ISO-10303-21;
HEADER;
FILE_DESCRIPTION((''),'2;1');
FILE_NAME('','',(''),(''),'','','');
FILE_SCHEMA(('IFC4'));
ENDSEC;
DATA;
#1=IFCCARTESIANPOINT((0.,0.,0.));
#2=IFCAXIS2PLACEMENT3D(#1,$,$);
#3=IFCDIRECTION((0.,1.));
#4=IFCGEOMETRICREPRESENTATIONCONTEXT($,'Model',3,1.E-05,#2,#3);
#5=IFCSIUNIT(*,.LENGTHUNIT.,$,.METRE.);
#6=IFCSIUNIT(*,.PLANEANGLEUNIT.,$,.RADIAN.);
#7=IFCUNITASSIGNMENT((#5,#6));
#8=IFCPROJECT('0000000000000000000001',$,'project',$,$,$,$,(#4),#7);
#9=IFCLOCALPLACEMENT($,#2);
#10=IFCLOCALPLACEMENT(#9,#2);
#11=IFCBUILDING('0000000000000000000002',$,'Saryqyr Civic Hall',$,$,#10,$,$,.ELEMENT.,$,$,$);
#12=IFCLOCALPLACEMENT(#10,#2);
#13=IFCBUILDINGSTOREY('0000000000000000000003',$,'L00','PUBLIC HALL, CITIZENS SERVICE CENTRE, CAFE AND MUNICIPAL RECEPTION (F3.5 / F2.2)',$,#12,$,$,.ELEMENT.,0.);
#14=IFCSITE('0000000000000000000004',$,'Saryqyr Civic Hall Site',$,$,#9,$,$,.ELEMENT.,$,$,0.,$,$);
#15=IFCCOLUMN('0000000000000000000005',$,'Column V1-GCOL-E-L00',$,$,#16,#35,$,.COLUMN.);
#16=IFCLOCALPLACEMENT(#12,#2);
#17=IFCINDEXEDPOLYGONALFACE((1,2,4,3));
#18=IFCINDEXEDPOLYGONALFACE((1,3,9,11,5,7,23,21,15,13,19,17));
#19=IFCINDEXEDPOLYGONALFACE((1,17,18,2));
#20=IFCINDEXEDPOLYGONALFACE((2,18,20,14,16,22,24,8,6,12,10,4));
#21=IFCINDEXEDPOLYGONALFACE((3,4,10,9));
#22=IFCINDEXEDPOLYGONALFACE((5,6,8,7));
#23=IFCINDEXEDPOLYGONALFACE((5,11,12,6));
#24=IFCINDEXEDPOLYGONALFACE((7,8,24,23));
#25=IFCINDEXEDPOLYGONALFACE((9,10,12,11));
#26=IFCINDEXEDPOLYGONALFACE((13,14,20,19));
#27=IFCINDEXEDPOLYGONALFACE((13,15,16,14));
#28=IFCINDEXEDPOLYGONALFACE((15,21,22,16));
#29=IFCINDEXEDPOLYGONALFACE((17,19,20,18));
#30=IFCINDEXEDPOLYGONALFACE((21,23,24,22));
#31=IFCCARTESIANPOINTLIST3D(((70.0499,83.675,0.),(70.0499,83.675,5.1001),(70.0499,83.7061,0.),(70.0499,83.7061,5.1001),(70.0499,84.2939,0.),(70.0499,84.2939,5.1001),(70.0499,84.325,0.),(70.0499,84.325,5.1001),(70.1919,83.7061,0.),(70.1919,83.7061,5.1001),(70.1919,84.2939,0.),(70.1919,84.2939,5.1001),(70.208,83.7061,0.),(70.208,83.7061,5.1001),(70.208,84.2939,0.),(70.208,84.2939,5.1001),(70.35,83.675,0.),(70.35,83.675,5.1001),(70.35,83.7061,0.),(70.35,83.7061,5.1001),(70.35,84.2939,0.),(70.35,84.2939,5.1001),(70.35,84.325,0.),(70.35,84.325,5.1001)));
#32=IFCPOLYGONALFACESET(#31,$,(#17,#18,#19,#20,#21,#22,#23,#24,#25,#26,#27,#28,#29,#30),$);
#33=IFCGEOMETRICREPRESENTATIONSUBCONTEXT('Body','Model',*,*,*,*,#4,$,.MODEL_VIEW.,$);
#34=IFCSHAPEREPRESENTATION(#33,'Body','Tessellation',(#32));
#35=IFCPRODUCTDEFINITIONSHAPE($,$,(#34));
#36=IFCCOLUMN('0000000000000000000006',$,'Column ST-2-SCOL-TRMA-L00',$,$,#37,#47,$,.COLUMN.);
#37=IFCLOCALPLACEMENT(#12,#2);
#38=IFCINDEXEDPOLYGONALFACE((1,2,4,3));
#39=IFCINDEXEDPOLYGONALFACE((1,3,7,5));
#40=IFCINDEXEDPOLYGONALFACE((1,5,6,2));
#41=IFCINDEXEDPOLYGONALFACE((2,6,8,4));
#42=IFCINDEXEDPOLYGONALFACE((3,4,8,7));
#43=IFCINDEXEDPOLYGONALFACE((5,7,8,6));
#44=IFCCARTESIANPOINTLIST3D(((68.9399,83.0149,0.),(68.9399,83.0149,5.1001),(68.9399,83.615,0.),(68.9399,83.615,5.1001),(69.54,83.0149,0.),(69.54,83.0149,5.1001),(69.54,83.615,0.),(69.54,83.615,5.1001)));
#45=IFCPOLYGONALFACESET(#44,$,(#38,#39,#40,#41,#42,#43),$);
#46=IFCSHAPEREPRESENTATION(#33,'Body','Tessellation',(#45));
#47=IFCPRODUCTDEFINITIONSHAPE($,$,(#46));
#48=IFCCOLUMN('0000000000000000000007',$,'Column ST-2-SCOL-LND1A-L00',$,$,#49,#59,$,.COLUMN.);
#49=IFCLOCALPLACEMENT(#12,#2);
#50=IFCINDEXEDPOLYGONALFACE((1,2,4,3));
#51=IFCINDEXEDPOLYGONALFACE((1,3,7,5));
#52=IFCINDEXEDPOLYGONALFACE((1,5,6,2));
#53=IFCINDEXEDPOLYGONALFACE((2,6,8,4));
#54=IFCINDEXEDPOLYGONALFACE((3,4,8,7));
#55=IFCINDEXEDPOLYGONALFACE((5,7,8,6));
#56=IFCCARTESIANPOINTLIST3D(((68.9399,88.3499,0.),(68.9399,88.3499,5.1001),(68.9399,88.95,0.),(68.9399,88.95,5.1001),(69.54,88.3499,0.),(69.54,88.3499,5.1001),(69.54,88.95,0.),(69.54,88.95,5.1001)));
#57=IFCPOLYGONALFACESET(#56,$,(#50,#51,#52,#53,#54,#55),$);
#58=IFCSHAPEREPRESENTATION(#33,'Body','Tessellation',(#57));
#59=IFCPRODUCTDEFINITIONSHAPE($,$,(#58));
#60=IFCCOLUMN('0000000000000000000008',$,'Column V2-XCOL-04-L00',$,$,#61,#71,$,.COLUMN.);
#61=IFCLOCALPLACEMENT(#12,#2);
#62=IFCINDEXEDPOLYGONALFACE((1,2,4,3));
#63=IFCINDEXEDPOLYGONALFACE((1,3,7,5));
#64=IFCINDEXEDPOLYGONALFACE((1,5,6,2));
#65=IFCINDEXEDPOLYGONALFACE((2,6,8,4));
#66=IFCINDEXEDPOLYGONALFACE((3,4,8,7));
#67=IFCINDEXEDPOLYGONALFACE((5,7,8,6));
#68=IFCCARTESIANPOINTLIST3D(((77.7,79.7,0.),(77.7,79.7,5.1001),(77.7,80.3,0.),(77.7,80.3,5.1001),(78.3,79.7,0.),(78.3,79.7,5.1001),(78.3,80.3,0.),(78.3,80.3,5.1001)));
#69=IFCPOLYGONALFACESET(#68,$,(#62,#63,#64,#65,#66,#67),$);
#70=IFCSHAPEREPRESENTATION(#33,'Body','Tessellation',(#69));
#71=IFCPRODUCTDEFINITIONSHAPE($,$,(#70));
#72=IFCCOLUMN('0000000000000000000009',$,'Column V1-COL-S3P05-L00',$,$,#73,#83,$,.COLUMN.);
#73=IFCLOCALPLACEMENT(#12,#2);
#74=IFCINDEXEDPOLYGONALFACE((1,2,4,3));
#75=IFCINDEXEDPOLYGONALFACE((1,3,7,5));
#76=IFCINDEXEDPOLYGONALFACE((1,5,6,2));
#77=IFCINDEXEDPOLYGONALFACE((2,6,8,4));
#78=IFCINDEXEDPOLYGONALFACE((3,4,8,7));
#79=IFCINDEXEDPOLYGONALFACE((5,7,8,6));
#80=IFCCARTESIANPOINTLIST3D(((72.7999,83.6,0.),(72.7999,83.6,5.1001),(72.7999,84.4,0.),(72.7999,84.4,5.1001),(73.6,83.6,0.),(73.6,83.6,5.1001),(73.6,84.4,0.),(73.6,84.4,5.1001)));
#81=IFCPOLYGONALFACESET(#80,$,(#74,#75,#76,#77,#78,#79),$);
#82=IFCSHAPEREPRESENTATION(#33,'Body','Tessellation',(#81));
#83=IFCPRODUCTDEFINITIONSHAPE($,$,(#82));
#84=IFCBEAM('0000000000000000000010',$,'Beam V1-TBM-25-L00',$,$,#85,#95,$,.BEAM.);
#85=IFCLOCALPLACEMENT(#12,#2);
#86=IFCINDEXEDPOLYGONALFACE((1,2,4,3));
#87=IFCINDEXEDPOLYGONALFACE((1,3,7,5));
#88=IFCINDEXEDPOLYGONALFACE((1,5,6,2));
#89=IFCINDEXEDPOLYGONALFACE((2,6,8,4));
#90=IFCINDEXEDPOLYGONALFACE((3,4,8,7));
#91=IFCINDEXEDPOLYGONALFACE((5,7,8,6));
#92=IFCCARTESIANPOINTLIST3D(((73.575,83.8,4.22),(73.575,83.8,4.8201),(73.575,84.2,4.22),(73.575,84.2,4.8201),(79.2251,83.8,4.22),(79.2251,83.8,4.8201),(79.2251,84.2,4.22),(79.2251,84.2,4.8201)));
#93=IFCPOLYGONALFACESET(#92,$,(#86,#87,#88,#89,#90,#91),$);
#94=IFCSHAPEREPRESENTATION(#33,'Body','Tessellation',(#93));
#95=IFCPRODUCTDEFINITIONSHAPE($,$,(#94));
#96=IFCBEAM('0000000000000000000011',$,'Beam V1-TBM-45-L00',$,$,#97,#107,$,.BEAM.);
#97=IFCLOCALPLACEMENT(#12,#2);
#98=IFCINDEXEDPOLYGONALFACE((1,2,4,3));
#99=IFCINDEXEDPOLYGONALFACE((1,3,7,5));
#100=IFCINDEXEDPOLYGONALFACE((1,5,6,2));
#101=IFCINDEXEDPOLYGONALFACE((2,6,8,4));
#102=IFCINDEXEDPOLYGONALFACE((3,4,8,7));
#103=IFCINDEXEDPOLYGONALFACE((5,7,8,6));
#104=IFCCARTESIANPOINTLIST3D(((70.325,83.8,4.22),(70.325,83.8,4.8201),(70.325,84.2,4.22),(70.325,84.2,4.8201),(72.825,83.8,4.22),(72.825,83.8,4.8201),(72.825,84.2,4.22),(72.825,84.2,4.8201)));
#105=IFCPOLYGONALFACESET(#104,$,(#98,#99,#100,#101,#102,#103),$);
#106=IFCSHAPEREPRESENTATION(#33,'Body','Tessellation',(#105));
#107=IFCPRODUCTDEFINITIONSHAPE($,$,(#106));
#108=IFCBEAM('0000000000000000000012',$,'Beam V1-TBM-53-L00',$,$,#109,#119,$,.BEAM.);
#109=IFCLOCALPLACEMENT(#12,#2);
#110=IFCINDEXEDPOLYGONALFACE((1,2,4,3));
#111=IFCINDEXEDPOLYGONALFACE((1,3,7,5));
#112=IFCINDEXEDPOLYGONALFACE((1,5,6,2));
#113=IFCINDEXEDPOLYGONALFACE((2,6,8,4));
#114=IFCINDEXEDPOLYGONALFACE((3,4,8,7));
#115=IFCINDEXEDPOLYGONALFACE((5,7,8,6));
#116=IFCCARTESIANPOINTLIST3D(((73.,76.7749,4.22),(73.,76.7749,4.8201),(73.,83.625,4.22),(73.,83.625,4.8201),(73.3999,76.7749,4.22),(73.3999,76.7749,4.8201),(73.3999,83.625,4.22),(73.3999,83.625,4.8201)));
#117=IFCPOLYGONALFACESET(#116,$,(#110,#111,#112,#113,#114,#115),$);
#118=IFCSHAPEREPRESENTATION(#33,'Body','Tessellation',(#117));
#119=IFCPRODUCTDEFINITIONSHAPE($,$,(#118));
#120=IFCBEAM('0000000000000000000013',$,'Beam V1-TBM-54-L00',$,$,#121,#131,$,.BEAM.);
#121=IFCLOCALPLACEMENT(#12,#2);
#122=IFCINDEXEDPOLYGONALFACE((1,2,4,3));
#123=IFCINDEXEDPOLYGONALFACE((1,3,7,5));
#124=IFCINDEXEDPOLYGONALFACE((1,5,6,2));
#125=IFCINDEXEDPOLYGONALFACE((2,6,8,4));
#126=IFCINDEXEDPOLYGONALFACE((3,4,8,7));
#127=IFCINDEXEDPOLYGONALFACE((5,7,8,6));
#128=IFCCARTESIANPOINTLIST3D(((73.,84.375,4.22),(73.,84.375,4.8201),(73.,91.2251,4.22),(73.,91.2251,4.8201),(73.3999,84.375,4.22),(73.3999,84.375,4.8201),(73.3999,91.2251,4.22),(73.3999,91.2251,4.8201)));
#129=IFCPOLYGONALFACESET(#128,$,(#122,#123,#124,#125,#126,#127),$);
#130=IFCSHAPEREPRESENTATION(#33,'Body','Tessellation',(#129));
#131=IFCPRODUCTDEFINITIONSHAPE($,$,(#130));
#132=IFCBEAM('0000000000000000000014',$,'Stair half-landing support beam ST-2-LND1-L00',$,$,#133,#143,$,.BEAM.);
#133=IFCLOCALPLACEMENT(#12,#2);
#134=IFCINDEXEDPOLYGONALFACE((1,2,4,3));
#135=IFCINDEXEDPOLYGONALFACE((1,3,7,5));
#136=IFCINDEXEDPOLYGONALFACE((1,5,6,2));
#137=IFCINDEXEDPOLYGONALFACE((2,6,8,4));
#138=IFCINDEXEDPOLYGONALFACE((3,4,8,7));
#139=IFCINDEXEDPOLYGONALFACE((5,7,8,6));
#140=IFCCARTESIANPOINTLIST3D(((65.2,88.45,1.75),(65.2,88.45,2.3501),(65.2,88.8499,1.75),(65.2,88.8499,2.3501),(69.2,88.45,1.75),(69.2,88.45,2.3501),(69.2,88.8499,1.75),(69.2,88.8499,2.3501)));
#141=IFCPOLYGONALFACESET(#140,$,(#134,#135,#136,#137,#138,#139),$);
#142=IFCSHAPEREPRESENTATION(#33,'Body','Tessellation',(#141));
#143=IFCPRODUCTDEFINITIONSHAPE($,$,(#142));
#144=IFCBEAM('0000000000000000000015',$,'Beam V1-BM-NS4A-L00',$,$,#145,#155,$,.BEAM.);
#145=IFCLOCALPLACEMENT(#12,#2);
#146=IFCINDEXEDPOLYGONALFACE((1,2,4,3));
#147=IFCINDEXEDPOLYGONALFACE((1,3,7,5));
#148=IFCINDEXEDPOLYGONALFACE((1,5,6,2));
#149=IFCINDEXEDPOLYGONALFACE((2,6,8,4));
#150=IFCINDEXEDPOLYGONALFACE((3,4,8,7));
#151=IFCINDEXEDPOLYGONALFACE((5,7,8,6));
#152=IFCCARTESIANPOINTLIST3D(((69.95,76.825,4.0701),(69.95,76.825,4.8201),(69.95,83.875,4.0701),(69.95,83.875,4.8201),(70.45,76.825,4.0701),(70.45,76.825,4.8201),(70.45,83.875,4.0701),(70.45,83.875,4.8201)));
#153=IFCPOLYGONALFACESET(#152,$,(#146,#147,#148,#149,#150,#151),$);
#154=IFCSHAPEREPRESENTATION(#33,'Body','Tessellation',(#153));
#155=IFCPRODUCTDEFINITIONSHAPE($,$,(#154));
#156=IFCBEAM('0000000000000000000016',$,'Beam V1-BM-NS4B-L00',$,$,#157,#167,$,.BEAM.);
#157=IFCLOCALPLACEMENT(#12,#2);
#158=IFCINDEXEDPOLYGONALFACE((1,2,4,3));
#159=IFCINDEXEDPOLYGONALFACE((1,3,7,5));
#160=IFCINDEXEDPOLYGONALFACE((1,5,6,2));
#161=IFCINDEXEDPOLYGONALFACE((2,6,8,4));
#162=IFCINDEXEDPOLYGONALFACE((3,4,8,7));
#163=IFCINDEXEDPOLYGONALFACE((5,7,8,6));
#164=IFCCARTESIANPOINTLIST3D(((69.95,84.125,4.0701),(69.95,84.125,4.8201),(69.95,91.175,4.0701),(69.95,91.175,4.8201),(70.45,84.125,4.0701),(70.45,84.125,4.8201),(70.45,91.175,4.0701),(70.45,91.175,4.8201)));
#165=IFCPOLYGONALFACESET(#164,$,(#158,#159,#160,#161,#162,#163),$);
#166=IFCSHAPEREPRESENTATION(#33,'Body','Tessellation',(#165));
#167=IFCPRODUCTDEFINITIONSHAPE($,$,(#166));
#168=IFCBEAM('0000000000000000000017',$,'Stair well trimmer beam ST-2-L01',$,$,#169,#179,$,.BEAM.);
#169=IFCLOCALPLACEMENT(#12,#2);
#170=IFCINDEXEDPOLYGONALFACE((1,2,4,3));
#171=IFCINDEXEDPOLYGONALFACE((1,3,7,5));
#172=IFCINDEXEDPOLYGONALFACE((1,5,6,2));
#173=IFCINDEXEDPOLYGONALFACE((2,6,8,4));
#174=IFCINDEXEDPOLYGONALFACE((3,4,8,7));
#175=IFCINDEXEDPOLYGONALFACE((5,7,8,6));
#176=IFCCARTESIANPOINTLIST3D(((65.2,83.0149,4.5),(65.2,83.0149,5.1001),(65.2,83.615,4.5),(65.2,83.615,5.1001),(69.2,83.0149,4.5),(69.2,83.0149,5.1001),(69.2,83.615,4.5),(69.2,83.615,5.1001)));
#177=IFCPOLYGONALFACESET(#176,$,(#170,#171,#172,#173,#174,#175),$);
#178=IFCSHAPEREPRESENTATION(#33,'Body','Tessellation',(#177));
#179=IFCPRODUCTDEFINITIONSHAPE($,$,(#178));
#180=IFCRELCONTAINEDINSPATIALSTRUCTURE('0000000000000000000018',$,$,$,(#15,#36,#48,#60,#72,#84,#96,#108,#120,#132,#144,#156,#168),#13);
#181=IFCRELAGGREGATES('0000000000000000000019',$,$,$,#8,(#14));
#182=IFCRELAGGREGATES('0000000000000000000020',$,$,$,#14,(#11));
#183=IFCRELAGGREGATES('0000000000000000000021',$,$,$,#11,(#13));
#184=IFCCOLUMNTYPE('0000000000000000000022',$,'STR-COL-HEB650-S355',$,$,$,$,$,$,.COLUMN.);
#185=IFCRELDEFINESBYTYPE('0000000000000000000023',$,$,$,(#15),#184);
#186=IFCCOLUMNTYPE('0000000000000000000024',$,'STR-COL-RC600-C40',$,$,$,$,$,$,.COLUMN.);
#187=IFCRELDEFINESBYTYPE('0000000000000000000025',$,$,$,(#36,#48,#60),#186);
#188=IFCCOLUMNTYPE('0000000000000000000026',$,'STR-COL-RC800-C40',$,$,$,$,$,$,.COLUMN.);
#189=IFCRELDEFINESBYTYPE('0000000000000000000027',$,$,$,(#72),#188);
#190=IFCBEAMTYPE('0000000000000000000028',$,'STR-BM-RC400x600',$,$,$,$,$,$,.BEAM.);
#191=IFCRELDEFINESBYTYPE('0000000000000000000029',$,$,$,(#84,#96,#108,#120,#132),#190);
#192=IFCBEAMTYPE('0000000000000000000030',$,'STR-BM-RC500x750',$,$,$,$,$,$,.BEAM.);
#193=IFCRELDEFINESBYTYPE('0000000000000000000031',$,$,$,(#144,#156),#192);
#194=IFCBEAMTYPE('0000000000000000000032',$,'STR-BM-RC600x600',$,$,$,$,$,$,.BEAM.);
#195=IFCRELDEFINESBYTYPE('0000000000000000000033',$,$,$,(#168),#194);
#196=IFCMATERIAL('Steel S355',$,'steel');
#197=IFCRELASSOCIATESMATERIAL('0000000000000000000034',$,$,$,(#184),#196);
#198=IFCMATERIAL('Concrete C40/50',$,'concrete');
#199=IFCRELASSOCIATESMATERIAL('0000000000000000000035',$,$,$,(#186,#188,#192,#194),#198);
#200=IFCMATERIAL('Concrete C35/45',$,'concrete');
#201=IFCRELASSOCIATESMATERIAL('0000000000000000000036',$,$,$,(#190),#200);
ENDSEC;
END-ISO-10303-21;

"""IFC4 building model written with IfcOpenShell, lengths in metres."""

from ifc_helpers import new_model, si_unit, direction, frame, origin, origin_2d, place, context, subcontext, project, spatial, rectangle, i_section, extrude, material, material_profile, profile_set, type_object, element, save


model = new_model("IFC4")

# Units and contexts
model_context = context("Model", 3, precision=1e-05, world=origin(), true_north=direction((0.0, 1.0)))
body_context = subcontext(model_context, "Body", "Model", "MODEL_VIEW")
ifc_project = project(units=[si_unit("LENGTHUNIT", "METRE"), si_unit("PLANEANGLEUNIT", "RADIAN")], contexts=[model_context])

# Site, building, storey
site_placement = place(None, origin())
site = spatial("IfcSite", under=ifc_project, at=site_placement, Name="Saryqyr Civic Hall Site", CompositionType="ELEMENT", RefElevation=0.0)
building_placement = place(site_placement, origin())
building = spatial("IfcBuilding", under=site, at=building_placement, Name="Saryqyr Civic Hall", CompositionType="ELEMENT")
storey_placement = place(building_placement, origin())
storey = spatial("IfcBuildingStorey", under=building, at=storey_placement, Name="L00", Description="PUBLIC HALL, CITIZENS SERVICE CENTRE, CAFE AND MUNICIPAL RECEPTION (F3.5 / F2.2)", CompositionType="ELEMENT", Elevation=0.0)

# Columns
ifc_material_1 = material(Name="Steel S355", Category="steel")
ifc_material_profile_1 = material_profile(ifc_material_1, i_section(OverallWidth=0.3, OverallDepth=0.6499, WebThickness=0.0161, FlangeThickness=0.031, at=origin_2d()), Name="HEB 650")
ifc_profile_set_1 = profile_set([ifc_material_profile_1], Name="Steel S355")
column_type_1 = type_object("IfcColumnType", Name="STR-COL-HEB650-S355", PredefinedType="COLUMN", material=ifc_profile_set_1)
column_1_placement = place(storey_placement, frame((70.2, 84.0, 0.0), z_axis=(0.0, 0.0, 1.0), x_axis=(1.0, 0.0, 0.0)))
element("IfcColumn", 1, at=column_1_placement, inside=storey, type_object=column_type_1, Name="Column V1-GCOL-E-L00", PredefinedType="COLUMN", context=body_context, shape_type="SweptSolid", body=[
    extrude(i_section(OverallWidth=0.3, OverallDepth=0.6499, WebThickness=0.0161, FlangeThickness=0.031, at=origin_2d()), origin(), (0.0, 0.0, 1.0), 5.1001),
])
ifc_material_2 = material(Name="Concrete C40/50", Category="concrete")
ifc_material_profile_2 = material_profile(ifc_material_2, rectangle(XDim=0.6001, YDim=0.6001, at=origin_2d()), Name="RC 600x600")
ifc_profile_set_2 = profile_set([ifc_material_profile_2], Name="Concrete C40/50")
column_type_2 = type_object("IfcColumnType", Name="STR-COL-RC600-C40", PredefinedType="COLUMN", material=ifc_profile_set_2)
for number, where, z_axis, x_axis, name in (
    (2, (69.24, 83.3149, 0.0), (0.0, 0.0, 1.0), (1.0, 0.0, 0.0), "Column ST-2-SCOL-TRMA-L00"),
    (3, (69.24, 88.6499, 0.0), (0.0, 0.0, 1.0), (1.0, 0.0, 0.0), "Column ST-2-SCOL-LND1A-L00"),
    (4, (78.0, 80.0, 0.0), (0.0, 0.0, 1.0), (1.0, 0.0, 0.0), "Column V2-XCOL-04-L00"),
):
    element("IfcColumn", number, at=place(storey_placement, frame(where, z_axis=z_axis, x_axis=x_axis)), inside=storey, type_object=column_type_2, Name=name, PredefinedType="COLUMN", context=body_context, shape_type="SweptSolid", body=[
        extrude(rectangle(XDim=0.6001, YDim=0.6001, at=origin_2d()), origin(), (0.0, 0.0, 1.0), 5.1001),
    ])
ifc_material_profile_3 = material_profile(ifc_material_2, rectangle(XDim=0.8, YDim=0.8, at=origin_2d()), Name="RC 800x800")
ifc_profile_set_3 = profile_set([ifc_material_profile_3], Name="Concrete C40/50")
column_type_3 = type_object("IfcColumnType", Name="STR-COL-RC800-C40", PredefinedType="COLUMN", material=ifc_profile_set_3)
column_2_placement = place(storey_placement, frame((73.2, 84.0, 0.0), z_axis=(0.0, 0.0, 1.0), x_axis=(1.0, 0.0, 0.0)))
element("IfcColumn", 5, at=column_2_placement, inside=storey, type_object=column_type_3, Name="Column V1-COL-S3P05-L00", PredefinedType="COLUMN", context=body_context, shape_type="SweptSolid", body=[
    extrude(rectangle(XDim=0.8, YDim=0.8, at=origin_2d()), origin(), (0.0, 0.0, 1.0), 5.1001),
])

# Beams
ifc_material_3 = material(Name="Concrete C35/45", Category="concrete")
ifc_material_profile_4 = material_profile(ifc_material_3, rectangle(XDim=0.3999, YDim=0.6001, at=origin_2d()), Name="RC 400x600")
ifc_profile_set_4 = profile_set([ifc_material_profile_4], Name="Concrete C35/45")
beam_type_1 = type_object("IfcBeamType", Name="STR-BM-RC400x600", PredefinedType="BEAM", material=ifc_profile_set_4)
beam_1_placement = place(storey_placement, frame((73.575, 84.0, 4.52), z_axis=(1.0, 0.0, 0.0), x_axis=(0.0, 1.0, 0.0)))
element("IfcBeam", 6, at=beam_1_placement, inside=storey, type_object=beam_type_1, Name="Beam V1-TBM-25-L00", PredefinedType="BEAM", context=body_context, shape_type="SweptSolid", body=[
    extrude(rectangle(XDim=0.3999, YDim=0.6001, at=origin_2d()), origin(), (0.0, 0.0, 1.0), 5.6501),
])
beam_2_placement = place(storey_placement, frame((70.325, 84.0, 4.52), z_axis=(1.0, 0.0, 0.0), x_axis=(0.0, 1.0, 0.0)))
element("IfcBeam", 7, at=beam_2_placement, inside=storey, type_object=beam_type_1, Name="Beam V1-TBM-45-L00", PredefinedType="BEAM", context=body_context, shape_type="SweptSolid", body=[
    extrude(rectangle(XDim=0.3999, YDim=0.6001, at=origin_2d()), origin(), (0.0, 0.0, 1.0), 2.5),
])
for number, where, z_axis, x_axis, name in (
    (8, (73.2, 76.7749, 4.52), (0.0, 1.0, 0.0), (-1.0, 0.0, 0.0), "Beam V1-TBM-53-L00"),
    (9, (73.2, 84.375, 4.52), (0.0, 1.0, 0.0), (-1.0, 0.0, 0.0), "Beam V1-TBM-54-L00"),
):
    element("IfcBeam", number, at=place(storey_placement, frame(where, z_axis=z_axis, x_axis=x_axis)), inside=storey, type_object=beam_type_1, Name=name, PredefinedType="BEAM", context=body_context, shape_type="SweptSolid", body=[
        extrude(rectangle(XDim=0.3999, YDim=0.6001, at=origin_2d()), origin(), (0.0, 0.0, 1.0), 6.8501),
    ])
beam_3_placement = place(storey_placement, frame((69.2, 88.6499, 2.05), z_axis=(-1.0, 0.0, 0.0), x_axis=(0.0, -1.0, 0.0)))
element("IfcBeam", 10, at=beam_3_placement, inside=storey, type_object=beam_type_1, Name="Stair half-landing support beam ST-2-LND1-L00", PredefinedType="BEAM", context=body_context, shape_type="SweptSolid", body=[
    extrude(rectangle(XDim=0.3999, YDim=0.6001, at=origin_2d()), origin(), (0.0, 0.0, 1.0), 4.0),
])
ifc_material_profile_5 = material_profile(ifc_material_2, rectangle(XDim=0.5, YDim=0.75, at=origin_2d()), Name="RC 500x750")
ifc_profile_set_5 = profile_set([ifc_material_profile_5], Name="Concrete C40/50")
beam_type_2 = type_object("IfcBeamType", Name="STR-BM-RC500x750", PredefinedType="BEAM", material=ifc_profile_set_5)
for number, where, z_axis, x_axis, name in (
    (11, (70.2, 76.825, 4.4451), (0.0, 1.0, 0.0), (-1.0, 0.0, 0.0), "Beam V1-BM-NS4A-L00"),
    (12, (70.2, 84.125, 4.4451), (0.0, 1.0, 0.0), (-1.0, 0.0, 0.0), "Beam V1-BM-NS4B-L00"),
):
    element("IfcBeam", number, at=place(storey_placement, frame(where, z_axis=z_axis, x_axis=x_axis)), inside=storey, type_object=beam_type_2, Name=name, PredefinedType="BEAM", context=body_context, shape_type="SweptSolid", body=[
        extrude(rectangle(XDim=0.5, YDim=0.75, at=origin_2d()), origin(), (0.0, 0.0, 1.0), 7.05),
    ])
ifc_material_profile_6 = material_profile(ifc_material_2, rectangle(XDim=0.6001, YDim=0.6001, at=origin_2d()), Name="RC 600x600")
ifc_profile_set_6 = profile_set([ifc_material_profile_6], Name="Concrete C40/50")
beam_type_3 = type_object("IfcBeamType", Name="STR-BM-RC600x600", PredefinedType="BEAM", material=ifc_profile_set_6)
beam_4_placement = place(storey_placement, frame((69.2, 83.3149, 4.8), z_axis=(-1.0, 0.0, 0.0), x_axis=(0.0, -1.0, 0.0)))
element("IfcBeam", 13, at=beam_4_placement, inside=storey, type_object=beam_type_3, Name="Stair well trimmer beam ST-2-L01", PredefinedType="BEAM", context=body_context, shape_type="SweptSolid", body=[
    extrude(rectangle(XDim=0.6001, YDim=0.6001, at=origin_2d()), origin(), (0.0, 0.0, 1.0), 4.0),
])

save(model, "model.ifc")
